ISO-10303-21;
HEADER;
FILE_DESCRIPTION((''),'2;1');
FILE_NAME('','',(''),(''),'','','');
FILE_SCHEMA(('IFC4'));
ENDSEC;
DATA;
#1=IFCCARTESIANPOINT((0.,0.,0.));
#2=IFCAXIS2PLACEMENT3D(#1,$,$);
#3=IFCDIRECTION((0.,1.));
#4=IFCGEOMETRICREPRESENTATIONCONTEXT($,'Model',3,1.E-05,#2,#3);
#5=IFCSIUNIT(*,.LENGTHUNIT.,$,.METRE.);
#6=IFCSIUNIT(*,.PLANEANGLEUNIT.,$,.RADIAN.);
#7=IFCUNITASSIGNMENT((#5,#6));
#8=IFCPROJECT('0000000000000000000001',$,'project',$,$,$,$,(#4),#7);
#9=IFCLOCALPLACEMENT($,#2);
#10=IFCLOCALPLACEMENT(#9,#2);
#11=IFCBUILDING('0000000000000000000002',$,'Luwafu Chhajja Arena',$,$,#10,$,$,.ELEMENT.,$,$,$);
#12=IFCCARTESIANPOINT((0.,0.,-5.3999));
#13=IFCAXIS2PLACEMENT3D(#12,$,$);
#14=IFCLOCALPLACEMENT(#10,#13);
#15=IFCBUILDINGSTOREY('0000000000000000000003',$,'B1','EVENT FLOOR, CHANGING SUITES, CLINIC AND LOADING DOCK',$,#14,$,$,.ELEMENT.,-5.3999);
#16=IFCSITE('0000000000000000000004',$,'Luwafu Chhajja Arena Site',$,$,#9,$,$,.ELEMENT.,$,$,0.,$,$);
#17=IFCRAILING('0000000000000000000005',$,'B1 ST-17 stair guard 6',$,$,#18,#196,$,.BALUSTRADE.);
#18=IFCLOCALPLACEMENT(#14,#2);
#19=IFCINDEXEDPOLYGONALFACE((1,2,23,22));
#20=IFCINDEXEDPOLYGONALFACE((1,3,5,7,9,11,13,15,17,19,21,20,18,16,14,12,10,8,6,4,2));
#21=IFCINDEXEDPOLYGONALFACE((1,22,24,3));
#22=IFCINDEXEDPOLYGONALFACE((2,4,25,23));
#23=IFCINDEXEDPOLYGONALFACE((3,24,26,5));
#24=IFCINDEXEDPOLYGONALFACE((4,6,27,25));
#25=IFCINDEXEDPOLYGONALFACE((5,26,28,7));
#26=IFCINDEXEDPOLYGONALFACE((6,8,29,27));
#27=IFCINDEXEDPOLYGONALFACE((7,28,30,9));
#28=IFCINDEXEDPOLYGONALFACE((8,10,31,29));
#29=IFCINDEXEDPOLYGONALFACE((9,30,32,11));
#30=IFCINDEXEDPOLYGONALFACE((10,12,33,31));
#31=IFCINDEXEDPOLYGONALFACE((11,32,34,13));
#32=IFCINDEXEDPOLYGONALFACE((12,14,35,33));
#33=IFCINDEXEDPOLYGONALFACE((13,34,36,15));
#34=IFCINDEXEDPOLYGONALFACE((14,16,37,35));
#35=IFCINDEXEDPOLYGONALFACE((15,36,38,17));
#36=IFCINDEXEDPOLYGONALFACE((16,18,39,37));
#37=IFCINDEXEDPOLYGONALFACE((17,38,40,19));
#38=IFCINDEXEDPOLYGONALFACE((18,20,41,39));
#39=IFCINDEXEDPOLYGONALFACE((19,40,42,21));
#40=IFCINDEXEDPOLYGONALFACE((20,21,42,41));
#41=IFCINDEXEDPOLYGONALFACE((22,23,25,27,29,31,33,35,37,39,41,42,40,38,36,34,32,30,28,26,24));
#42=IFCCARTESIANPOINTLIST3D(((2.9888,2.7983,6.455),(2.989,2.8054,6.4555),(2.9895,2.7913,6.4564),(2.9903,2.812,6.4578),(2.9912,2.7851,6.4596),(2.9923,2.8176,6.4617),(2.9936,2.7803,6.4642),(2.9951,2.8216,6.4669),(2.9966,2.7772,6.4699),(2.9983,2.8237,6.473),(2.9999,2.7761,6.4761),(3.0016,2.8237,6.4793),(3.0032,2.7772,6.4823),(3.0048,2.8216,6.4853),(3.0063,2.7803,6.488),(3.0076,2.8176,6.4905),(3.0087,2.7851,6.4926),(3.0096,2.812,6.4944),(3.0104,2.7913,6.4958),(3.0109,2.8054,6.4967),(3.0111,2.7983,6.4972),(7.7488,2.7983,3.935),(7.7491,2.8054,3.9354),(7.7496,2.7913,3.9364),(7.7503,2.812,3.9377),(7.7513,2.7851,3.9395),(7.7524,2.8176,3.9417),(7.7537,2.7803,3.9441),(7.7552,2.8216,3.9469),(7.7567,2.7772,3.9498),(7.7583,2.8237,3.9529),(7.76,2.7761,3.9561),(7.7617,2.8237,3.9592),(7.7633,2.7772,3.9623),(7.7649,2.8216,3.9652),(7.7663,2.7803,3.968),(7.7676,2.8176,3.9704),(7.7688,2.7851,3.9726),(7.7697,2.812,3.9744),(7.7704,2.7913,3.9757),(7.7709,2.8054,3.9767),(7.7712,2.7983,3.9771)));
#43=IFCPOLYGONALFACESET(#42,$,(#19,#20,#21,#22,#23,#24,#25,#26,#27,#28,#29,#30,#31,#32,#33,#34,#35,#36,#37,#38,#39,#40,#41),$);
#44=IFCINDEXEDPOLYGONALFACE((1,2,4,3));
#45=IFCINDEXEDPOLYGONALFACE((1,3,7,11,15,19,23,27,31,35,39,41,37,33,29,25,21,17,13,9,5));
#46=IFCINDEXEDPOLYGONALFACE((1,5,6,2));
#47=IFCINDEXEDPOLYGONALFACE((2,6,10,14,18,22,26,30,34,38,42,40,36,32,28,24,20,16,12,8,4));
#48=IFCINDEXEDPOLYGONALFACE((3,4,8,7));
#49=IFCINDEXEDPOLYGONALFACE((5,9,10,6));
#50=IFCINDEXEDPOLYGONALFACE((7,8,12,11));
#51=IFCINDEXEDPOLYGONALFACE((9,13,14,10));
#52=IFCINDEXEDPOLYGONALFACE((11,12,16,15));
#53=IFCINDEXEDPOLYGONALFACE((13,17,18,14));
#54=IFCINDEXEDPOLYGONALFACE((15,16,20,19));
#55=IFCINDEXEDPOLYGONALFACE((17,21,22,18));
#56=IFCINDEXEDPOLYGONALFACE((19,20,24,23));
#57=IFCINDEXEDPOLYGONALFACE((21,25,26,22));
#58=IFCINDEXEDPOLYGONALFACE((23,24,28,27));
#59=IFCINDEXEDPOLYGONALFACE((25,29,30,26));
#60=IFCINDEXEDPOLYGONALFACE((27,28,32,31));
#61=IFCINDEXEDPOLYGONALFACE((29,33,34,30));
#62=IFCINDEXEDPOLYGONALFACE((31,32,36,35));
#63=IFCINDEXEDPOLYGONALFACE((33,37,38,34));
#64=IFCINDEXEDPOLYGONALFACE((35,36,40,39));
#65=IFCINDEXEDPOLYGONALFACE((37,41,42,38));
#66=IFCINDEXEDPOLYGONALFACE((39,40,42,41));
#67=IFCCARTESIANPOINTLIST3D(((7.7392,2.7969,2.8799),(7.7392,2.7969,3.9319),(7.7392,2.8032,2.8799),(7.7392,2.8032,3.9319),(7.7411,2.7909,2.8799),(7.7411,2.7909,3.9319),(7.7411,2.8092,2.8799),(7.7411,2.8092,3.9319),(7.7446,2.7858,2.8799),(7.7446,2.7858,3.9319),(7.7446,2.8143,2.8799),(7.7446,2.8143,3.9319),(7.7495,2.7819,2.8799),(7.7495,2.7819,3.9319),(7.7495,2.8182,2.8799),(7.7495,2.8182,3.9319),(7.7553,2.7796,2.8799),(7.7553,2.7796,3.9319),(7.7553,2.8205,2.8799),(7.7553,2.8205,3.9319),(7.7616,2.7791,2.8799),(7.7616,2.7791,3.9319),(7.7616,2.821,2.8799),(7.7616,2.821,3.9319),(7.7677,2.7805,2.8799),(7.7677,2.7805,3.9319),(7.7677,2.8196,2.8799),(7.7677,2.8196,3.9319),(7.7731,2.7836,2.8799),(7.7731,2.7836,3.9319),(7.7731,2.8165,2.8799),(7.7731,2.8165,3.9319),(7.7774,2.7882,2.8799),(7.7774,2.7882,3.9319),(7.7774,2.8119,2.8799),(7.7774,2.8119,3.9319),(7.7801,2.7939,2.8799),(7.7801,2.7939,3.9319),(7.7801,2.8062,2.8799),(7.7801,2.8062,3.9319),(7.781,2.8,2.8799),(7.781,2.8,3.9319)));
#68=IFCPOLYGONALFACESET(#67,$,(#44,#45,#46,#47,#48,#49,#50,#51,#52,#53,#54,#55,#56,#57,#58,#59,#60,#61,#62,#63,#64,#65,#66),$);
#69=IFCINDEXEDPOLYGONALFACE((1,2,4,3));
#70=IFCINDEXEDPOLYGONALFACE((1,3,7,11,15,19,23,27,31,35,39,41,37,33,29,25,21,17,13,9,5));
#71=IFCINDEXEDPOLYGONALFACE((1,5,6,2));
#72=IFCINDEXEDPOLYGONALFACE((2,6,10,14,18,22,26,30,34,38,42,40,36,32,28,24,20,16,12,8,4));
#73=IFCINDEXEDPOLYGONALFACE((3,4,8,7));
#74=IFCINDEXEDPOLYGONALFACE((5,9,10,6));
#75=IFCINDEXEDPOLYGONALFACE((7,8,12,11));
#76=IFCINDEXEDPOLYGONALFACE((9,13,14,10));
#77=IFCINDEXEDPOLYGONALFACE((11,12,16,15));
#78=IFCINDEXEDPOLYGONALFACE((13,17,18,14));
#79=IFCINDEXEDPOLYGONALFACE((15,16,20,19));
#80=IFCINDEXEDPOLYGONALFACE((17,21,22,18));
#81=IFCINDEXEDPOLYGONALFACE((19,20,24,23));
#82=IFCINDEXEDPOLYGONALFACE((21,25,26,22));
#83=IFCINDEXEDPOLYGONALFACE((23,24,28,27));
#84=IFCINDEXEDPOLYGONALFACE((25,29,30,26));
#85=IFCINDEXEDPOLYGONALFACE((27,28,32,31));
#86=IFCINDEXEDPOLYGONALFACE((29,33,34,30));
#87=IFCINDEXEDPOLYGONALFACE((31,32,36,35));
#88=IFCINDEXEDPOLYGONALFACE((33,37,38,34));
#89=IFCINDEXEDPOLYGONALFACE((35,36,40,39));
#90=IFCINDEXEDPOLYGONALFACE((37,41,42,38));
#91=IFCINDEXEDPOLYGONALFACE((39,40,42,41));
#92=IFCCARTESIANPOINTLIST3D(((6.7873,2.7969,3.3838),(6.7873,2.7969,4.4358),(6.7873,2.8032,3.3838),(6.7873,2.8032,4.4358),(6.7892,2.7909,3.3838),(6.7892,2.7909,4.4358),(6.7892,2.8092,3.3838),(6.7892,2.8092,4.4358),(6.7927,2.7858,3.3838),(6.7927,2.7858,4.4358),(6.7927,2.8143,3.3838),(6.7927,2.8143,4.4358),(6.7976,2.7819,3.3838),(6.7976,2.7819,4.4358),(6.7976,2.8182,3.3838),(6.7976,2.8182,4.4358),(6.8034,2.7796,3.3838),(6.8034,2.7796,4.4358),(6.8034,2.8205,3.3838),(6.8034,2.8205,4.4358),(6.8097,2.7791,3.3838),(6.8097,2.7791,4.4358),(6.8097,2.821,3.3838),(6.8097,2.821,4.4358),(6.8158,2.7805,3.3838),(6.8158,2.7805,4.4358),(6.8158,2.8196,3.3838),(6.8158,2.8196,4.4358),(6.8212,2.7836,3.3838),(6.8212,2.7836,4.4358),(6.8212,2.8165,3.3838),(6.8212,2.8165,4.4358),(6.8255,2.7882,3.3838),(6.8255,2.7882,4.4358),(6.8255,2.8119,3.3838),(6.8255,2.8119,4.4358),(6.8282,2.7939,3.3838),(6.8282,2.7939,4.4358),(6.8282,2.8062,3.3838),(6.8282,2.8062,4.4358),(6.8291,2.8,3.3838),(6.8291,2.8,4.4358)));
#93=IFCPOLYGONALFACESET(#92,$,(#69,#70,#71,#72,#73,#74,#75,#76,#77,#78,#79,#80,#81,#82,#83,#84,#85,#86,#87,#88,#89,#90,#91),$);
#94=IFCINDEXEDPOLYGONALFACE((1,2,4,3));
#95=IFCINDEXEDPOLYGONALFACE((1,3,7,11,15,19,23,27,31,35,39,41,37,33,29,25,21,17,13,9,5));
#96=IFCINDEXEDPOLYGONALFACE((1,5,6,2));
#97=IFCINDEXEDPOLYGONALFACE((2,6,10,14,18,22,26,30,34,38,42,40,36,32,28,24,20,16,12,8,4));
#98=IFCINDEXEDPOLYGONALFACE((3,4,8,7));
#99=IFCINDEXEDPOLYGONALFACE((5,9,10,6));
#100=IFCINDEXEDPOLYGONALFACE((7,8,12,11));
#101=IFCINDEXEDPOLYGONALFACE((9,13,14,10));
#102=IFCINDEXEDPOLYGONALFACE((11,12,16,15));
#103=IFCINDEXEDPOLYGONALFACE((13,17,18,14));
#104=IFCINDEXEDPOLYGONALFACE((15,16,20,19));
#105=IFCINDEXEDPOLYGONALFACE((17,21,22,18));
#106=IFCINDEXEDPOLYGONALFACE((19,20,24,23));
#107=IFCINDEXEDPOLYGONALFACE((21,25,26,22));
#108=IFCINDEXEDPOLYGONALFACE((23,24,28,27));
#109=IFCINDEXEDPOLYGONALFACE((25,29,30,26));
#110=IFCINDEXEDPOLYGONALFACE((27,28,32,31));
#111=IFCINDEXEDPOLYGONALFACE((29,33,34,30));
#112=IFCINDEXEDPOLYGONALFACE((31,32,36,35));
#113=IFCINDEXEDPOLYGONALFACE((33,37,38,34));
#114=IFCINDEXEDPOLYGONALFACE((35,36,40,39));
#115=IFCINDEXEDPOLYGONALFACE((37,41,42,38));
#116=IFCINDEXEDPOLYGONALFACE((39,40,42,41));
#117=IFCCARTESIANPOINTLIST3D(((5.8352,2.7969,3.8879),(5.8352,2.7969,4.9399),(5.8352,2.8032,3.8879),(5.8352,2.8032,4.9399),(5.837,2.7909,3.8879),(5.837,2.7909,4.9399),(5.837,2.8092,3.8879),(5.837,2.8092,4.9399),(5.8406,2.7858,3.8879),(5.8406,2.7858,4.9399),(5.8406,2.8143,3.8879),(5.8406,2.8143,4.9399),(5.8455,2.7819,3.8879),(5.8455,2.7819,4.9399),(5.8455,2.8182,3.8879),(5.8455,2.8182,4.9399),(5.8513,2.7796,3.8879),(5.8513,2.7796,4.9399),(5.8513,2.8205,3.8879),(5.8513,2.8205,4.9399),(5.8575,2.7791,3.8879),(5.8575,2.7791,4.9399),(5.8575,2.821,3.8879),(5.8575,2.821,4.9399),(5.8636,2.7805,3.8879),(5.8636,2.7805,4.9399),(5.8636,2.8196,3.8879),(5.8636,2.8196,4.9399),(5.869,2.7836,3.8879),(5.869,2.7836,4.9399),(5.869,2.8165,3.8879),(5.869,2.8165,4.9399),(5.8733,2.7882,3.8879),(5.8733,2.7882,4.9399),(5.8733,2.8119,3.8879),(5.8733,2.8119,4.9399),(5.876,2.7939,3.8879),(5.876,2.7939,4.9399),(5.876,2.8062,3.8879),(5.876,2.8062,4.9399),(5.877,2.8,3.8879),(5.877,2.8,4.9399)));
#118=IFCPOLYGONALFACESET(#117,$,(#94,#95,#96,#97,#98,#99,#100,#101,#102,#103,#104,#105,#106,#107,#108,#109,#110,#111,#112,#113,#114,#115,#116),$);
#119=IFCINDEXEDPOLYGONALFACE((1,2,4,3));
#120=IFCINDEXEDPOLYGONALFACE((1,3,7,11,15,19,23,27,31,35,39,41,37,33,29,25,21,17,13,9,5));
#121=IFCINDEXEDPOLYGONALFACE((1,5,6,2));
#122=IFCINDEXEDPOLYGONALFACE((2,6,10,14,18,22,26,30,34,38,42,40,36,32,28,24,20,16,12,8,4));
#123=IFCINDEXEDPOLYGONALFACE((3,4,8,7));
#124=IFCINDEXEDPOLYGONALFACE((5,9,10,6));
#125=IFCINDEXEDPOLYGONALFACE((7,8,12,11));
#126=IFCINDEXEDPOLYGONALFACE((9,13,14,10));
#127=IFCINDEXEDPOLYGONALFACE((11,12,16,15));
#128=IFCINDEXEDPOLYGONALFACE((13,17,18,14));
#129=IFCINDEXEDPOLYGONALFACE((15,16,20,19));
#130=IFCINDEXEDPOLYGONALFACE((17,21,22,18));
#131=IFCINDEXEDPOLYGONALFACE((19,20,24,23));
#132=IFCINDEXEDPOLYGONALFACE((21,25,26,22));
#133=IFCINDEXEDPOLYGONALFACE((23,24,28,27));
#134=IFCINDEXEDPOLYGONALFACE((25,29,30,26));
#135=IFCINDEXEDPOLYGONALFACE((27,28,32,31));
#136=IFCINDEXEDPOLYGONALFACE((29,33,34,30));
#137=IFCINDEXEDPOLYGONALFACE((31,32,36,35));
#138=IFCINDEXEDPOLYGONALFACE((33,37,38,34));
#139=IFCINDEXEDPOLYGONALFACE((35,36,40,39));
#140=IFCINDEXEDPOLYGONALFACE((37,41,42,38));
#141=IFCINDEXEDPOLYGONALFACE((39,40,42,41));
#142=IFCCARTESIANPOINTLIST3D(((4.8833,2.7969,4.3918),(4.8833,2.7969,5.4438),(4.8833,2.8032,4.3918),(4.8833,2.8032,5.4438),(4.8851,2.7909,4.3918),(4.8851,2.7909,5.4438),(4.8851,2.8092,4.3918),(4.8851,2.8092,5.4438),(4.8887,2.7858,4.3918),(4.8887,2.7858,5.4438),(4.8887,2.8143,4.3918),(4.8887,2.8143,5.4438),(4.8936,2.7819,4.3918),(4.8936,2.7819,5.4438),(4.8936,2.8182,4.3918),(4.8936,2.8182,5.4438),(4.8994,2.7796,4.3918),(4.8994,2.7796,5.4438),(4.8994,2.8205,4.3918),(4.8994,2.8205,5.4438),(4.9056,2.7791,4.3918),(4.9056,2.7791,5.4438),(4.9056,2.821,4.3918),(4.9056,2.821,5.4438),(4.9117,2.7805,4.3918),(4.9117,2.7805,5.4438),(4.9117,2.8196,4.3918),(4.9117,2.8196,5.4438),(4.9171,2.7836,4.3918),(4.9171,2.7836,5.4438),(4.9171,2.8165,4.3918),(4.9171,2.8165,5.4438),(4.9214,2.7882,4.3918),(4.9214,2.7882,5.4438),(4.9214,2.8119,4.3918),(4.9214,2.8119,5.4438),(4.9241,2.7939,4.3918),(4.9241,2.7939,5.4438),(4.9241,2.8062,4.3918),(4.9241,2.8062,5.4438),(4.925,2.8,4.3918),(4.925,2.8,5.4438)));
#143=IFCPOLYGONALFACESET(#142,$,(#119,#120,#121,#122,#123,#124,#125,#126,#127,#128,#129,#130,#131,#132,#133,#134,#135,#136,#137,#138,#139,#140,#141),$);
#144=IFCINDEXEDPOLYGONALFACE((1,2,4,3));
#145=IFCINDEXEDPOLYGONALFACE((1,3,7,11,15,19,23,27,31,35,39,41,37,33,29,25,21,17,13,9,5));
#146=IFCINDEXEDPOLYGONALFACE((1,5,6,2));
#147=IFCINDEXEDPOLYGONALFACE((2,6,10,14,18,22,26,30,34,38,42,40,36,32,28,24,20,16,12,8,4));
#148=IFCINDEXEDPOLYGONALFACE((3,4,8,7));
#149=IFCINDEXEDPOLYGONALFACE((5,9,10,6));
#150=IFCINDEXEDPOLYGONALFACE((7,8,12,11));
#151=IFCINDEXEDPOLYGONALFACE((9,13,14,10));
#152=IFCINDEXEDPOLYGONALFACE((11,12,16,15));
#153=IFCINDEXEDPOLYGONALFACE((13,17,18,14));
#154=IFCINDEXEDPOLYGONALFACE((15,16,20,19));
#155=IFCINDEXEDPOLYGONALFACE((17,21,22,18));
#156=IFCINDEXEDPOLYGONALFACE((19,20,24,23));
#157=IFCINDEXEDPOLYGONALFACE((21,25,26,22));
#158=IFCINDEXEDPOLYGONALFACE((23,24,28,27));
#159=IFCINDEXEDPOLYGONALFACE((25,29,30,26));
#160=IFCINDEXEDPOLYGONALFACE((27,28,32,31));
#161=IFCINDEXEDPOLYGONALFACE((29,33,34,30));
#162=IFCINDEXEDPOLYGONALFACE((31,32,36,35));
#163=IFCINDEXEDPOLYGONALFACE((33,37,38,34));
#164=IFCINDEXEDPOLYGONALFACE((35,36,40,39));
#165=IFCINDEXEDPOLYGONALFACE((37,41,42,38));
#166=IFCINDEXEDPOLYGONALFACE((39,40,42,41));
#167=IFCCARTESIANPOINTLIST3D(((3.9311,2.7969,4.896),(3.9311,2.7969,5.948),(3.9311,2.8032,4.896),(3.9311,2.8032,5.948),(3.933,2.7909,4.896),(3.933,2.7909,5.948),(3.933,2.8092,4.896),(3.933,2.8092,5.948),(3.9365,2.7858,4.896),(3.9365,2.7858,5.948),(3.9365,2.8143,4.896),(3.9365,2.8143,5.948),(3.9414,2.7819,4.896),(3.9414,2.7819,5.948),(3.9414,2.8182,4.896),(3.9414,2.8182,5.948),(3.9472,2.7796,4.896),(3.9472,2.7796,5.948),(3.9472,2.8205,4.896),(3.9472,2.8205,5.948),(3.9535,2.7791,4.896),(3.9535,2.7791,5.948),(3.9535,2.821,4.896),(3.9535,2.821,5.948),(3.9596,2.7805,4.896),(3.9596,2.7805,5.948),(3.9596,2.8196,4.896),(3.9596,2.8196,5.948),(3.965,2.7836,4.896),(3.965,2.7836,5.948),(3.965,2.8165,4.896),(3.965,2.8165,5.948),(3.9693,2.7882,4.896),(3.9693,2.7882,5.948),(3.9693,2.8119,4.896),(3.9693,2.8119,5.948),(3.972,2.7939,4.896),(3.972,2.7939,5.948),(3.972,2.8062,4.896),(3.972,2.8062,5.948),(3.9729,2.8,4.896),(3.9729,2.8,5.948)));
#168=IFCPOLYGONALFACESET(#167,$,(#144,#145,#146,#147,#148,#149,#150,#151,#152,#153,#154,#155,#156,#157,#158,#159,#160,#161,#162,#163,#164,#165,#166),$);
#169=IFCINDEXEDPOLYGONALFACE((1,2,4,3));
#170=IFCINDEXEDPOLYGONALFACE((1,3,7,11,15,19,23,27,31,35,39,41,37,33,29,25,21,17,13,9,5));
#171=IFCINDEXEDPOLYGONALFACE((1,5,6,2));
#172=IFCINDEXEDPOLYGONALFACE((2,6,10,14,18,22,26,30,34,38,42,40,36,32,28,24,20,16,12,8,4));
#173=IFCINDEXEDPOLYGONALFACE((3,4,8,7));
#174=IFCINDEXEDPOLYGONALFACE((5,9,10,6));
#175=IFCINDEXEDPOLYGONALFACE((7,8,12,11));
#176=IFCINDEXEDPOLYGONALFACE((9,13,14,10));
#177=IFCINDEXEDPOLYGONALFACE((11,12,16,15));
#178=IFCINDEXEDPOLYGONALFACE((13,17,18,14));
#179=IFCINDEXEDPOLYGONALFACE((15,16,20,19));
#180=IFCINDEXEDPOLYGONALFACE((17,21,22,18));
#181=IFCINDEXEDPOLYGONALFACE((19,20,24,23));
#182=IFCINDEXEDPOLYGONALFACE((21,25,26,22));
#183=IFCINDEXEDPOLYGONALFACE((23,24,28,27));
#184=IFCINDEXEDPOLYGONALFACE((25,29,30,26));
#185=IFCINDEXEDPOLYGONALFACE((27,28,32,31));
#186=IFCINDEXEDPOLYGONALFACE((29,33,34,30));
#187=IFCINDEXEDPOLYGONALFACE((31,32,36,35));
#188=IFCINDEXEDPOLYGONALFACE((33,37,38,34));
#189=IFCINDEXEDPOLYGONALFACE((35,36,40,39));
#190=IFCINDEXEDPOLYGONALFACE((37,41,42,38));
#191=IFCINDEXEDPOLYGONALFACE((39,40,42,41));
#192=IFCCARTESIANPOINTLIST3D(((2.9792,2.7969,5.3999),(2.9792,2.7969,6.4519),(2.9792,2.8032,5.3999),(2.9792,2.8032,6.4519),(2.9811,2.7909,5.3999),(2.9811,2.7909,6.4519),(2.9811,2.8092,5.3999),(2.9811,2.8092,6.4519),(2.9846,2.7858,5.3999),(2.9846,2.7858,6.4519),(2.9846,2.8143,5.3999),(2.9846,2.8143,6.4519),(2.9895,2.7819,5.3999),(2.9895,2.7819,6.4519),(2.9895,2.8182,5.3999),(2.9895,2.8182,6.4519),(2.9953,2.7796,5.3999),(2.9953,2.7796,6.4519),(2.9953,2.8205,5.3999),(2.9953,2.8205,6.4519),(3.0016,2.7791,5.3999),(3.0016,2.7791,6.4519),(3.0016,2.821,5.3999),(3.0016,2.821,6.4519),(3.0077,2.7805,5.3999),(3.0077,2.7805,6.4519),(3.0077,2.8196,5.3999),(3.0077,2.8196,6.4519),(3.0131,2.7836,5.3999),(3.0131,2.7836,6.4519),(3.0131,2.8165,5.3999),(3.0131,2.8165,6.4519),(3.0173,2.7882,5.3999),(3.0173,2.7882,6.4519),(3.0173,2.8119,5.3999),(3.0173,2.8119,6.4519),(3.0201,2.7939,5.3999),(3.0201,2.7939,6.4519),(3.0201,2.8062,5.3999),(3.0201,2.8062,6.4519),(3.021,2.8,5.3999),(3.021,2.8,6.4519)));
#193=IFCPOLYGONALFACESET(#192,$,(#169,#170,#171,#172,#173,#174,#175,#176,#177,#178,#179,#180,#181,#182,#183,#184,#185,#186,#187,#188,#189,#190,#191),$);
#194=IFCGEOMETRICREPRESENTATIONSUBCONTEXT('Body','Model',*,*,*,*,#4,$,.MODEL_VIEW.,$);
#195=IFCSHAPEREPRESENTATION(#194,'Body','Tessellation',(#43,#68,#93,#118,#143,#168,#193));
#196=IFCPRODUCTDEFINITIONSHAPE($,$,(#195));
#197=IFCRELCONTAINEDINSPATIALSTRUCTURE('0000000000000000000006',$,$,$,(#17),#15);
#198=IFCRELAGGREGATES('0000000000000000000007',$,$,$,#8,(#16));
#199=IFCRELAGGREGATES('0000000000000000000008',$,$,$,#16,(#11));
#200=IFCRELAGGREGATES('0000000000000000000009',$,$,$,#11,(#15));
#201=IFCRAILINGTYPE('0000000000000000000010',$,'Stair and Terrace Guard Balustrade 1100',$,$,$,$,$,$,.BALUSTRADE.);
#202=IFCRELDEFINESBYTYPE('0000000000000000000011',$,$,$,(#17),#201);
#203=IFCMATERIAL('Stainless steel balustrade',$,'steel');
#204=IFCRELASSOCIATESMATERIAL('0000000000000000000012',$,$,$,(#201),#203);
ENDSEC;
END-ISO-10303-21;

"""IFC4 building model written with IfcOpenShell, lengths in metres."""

from ifc_helpers import new_model, si_unit, direction, frame, origin, origin_2d, place, context, subcontext, project, spatial, circle, extrude, material, type_object, element, save


model = new_model("IFC4")

# Units and contexts
model_context = context("Model", 3, precision=1e-05, world=origin(), true_north=direction((0.0, 1.0)))
body_context = subcontext(model_context, "Body", "Model", "MODEL_VIEW")
ifc_project = project(units=[si_unit("LENGTHUNIT", "METRE"), si_unit("PLANEANGLEUNIT", "RADIAN")], contexts=[model_context])

# Site, building, storey
site_placement = place(None, origin())
site = spatial("IfcSite", under=ifc_project, at=site_placement, Name="Luwafu Chhajja Arena Site", CompositionType="ELEMENT", RefElevation=0.0)
building_placement = place(site_placement, origin())
building = spatial("IfcBuilding", under=site, at=building_placement, Name="Luwafu Chhajja Arena", CompositionType="ELEMENT")
storey_placement = place(building_placement, frame((0.0, 0.0, -5.3999)))
storey = spatial("IfcBuildingStorey", under=building, at=storey_placement, Name="B1", Description="EVENT FLOOR, CHANGING SUITES, CLINIC AND LOADING DOCK", CompositionType="ELEMENT", Elevation=-5.3999)

# Railing
ifc_material_1 = material(Name="Stainless steel balustrade", Category="steel")
railing_type_1 = type_object("IfcRailingType", Name="Stair and Terrace Guard Balustrade 1100", PredefinedType="BALUSTRADE", material=ifc_material_1)
railing_1_placement = place(storey_placement, frame((7.76, 2.8, 2.8799)))
element("IfcRailing", 1, at=railing_1_placement, inside=storey, type_object=railing_type_1, Name="B1 ST-17 stair guard 6", PredefinedType="BALUSTRADE", context=body_context, shape_type="SweptSolid", body=[
    extrude(circle(Radius=0.0239, at=origin_2d()), frame((0.0, 0.0, 1.0762), z_axis=(-0.883787, 0.0, 0.46789), x_axis=(0.0, -1.0, 0.0)), (0.0, 0.0, 1.0), 5.386),
    extrude(circle(Radius=0.021, at=origin_2d()), origin(), (0.0, 0.0, 1.0), 1.052),
    extrude(circle(Radius=0.021, at=origin_2d()), frame((-0.9519, 0.0, 0.5039)), (0.0, 0.0, 1.0), 1.052),
    extrude(circle(Radius=0.021, at=origin_2d()), frame((-1.9041, 0.0, 1.0081)), (0.0, 0.0, 1.0), 1.052),
    extrude(circle(Radius=0.021, at=origin_2d()), frame((-2.856, 0.0, 1.512)), (0.0, 0.0, 1.0), 1.052),
    extrude(circle(Radius=0.021, at=origin_2d()), frame((-3.8081, 0.0, 2.0161)), (0.0, 0.0, 1.0), 1.052),
    extrude(circle(Radius=0.021, at=origin_2d()), frame((-4.76, 0.0, 2.52)), (0.0, 0.0, 1.0), 1.052),
])

save(model, "model.ifc")
